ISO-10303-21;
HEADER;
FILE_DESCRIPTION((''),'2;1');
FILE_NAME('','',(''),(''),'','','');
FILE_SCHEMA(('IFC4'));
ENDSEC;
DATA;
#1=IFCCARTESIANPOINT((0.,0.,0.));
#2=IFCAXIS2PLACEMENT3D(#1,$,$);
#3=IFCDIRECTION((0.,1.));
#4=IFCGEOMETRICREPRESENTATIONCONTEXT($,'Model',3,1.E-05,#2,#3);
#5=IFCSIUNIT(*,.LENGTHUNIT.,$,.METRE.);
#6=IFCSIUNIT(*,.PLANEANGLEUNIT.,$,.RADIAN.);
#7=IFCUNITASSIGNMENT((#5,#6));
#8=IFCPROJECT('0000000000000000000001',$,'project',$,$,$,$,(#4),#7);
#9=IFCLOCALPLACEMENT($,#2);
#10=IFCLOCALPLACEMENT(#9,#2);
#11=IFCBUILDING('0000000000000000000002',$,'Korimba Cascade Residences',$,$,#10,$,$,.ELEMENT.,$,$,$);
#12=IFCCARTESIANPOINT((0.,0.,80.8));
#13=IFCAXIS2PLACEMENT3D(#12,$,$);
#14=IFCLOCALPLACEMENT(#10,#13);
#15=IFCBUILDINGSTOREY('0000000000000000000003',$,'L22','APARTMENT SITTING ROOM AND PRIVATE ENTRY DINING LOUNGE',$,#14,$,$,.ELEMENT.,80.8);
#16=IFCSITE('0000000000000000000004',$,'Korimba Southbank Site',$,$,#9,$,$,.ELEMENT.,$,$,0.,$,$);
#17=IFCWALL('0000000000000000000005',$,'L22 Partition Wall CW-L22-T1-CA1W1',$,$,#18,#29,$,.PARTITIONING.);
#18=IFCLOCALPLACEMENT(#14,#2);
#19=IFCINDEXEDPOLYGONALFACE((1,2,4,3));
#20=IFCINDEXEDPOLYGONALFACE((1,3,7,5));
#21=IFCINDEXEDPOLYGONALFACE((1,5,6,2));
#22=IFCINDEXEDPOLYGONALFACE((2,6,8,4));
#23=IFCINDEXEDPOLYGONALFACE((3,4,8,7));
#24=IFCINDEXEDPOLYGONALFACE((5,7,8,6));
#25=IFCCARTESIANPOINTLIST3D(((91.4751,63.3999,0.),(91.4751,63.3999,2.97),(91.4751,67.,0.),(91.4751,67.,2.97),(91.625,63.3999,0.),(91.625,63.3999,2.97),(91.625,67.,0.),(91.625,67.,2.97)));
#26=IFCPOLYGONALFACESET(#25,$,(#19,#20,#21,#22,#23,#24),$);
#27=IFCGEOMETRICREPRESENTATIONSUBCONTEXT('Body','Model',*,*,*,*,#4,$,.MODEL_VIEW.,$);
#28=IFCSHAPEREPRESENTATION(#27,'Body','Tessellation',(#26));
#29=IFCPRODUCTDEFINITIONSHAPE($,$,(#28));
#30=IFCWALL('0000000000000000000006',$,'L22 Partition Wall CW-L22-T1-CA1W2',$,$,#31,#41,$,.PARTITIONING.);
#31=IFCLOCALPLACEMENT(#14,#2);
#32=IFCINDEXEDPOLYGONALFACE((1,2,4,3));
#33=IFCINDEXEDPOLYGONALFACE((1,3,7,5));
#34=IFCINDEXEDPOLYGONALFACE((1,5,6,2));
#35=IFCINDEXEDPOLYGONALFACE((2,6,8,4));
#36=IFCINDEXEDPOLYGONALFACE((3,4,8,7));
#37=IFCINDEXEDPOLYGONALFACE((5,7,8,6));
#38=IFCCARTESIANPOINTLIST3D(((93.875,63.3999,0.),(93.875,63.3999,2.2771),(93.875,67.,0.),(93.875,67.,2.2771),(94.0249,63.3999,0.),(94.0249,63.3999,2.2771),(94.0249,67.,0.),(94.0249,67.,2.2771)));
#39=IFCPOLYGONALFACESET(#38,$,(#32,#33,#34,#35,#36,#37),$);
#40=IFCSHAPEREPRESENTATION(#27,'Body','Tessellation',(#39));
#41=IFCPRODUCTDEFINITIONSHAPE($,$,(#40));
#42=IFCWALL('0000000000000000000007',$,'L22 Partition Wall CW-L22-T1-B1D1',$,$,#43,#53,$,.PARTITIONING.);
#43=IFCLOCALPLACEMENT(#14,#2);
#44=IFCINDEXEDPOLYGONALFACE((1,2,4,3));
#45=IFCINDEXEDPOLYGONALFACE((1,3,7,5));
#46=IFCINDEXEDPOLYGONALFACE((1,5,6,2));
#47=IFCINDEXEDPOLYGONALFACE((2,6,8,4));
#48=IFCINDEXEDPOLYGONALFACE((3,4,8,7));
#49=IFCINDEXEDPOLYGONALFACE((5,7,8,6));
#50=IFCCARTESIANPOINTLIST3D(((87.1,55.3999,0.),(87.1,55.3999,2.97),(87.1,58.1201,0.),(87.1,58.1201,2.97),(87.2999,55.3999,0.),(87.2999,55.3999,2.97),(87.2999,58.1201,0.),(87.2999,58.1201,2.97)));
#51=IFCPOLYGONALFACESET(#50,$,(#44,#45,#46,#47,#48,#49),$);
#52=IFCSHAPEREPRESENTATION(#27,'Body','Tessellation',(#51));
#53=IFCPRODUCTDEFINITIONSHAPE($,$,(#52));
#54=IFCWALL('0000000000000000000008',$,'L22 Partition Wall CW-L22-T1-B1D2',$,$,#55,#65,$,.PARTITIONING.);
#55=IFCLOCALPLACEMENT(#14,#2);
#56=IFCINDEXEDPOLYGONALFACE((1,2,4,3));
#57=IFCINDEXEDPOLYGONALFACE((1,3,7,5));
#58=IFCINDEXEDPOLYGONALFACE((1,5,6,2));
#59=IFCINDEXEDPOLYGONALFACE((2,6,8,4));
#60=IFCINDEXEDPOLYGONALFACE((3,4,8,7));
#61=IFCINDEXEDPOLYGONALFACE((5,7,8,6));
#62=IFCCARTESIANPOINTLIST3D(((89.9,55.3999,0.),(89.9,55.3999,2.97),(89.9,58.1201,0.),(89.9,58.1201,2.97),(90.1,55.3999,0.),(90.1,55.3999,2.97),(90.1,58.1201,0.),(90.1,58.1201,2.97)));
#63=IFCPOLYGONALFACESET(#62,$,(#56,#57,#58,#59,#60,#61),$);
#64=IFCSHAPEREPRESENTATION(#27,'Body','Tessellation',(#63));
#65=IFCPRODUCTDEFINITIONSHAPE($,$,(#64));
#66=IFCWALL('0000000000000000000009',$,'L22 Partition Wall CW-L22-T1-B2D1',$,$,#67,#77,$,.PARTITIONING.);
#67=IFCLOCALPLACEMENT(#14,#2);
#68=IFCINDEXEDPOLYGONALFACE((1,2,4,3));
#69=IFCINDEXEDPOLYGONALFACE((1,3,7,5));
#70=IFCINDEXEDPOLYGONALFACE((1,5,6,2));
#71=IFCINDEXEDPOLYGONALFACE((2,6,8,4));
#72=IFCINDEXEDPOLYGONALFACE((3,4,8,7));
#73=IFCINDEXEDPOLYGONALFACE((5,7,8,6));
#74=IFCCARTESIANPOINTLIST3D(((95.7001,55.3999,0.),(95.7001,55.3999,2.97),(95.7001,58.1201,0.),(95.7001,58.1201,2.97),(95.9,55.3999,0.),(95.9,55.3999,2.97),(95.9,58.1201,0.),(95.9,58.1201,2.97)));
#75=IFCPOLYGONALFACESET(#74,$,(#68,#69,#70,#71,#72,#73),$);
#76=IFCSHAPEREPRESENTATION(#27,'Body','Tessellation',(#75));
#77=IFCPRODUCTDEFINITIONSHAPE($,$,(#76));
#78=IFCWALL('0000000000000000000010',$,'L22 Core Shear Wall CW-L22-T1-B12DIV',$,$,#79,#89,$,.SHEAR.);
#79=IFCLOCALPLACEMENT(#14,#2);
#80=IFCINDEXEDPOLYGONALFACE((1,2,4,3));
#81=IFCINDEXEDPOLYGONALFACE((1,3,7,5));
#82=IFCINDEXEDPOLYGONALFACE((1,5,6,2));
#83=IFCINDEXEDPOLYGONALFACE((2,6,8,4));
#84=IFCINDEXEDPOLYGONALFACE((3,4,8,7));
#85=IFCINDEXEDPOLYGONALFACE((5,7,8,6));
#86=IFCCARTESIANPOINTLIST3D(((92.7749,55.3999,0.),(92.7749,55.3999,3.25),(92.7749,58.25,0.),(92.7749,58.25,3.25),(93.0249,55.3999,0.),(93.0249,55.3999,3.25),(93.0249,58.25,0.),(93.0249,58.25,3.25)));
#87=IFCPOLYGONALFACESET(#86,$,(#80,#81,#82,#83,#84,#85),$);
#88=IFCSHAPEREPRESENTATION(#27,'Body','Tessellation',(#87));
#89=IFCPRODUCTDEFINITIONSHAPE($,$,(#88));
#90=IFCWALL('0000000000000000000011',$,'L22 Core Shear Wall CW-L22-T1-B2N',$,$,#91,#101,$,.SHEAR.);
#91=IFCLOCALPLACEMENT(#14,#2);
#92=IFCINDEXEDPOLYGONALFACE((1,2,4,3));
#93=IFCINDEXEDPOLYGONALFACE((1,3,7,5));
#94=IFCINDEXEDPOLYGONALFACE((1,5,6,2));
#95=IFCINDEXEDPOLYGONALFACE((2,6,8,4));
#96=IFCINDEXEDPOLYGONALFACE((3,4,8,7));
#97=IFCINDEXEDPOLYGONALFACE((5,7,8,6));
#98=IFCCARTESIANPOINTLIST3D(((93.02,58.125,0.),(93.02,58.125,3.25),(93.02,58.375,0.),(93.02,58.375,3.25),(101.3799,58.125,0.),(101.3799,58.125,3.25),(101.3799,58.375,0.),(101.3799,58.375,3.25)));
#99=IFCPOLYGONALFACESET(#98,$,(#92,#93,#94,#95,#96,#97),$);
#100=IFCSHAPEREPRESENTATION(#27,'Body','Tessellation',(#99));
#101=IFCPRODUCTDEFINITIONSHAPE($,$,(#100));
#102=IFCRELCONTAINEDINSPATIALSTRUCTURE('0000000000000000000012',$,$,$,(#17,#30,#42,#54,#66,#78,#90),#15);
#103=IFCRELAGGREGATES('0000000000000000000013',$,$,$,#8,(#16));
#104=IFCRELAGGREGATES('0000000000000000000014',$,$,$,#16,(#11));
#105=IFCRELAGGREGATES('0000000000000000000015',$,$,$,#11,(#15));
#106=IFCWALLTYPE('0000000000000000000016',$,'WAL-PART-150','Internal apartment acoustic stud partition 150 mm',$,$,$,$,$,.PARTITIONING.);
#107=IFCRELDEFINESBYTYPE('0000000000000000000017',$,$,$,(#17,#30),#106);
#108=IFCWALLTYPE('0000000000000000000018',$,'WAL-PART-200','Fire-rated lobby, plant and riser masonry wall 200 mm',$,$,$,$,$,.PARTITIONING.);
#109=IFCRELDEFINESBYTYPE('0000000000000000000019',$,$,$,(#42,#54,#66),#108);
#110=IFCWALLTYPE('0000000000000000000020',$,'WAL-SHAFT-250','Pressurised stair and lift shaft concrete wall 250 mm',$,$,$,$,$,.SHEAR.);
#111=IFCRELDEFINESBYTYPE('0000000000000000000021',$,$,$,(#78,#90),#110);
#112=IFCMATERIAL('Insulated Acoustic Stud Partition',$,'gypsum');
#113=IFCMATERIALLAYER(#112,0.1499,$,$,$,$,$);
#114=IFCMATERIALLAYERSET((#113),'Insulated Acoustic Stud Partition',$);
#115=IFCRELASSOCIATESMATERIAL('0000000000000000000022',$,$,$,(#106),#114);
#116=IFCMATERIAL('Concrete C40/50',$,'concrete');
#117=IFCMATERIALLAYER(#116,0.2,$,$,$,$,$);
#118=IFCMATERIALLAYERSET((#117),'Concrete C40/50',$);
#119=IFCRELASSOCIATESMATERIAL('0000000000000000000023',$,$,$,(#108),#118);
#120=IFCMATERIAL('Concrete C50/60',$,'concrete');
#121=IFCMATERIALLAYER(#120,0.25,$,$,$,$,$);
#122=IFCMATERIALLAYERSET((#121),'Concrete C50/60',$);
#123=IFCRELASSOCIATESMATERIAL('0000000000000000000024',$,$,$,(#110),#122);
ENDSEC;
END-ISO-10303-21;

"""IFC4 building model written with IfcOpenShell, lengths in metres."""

from ifc_helpers import new_model, si_unit, direction, frame, frame_2d, origin, place, context, subcontext, project, spatial, rectangle, extrude, material, layer, layer_set, type_object, element, save


model = new_model("IFC4")

# Units and contexts
model_context = context("Model", 3, precision=1e-05, world=origin(), true_north=direction((0.0, 1.0)))
body_context = subcontext(model_context, "Body", "Model", "MODEL_VIEW")
ifc_project = project(units=[si_unit("LENGTHUNIT", "METRE"), si_unit("PLANEANGLEUNIT", "RADIAN")], contexts=[model_context])

# Site, building, storey
site_placement = place(None, origin())
site = spatial("IfcSite", under=ifc_project, at=site_placement, Name="Korimba Southbank Site", CompositionType="ELEMENT", RefElevation=0.0)
building_placement = place(site_placement, origin())
building = spatial("IfcBuilding", under=site, at=building_placement, Name="Korimba Cascade Residences", CompositionType="ELEMENT")
storey_placement = place(building_placement, frame((0.0, 0.0, 80.8)))
storey = spatial("IfcBuildingStorey", under=building, at=storey_placement, Name="L22", Description="APARTMENT SITTING ROOM AND PRIVATE ENTRY DINING LOUNGE", CompositionType="ELEMENT", Elevation=80.8)

# Walls
ifc_material_1 = material(Name="Insulated Acoustic Stud Partition", Category="gypsum")
ifc_layer_1 = layer(ifc_material_1, 0.1499)
ifc_layer_set_1 = layer_set([ifc_layer_1], Name="Insulated Acoustic Stud Partition")
wall_type_1 = type_object("IfcWallType", Name="WAL-PART-150", Description="Internal apartment acoustic stud partition 150 mm", PredefinedType="PARTITIONING", material=ifc_layer_set_1)
for number, where, z_axis, x_axis, name in (
    (1, (91.55, 63.3999, 0.0), (0.0, 0.0, 1.0), (0.0, 1.0, 0.0), "L22 Partition Wall CW-L22-T1-CA1W1"),
):
    element("IfcWall", number, at=place(storey_placement, frame(where, z_axis=z_axis, x_axis=x_axis)), inside=storey, type_object=wall_type_1, Name=name, PredefinedType="PARTITIONING", context=body_context, shape_type="SweptSolid", body=[
        extrude(rectangle(XDim=3.6001, YDim=0.1499, at=frame_2d((1.8, 0.0))), origin(), (0.0, 0.0, 1.0), 2.97),
    ])
wall_1_placement = place(storey_placement, frame((93.95, 63.3999, 0.0), z_axis=(0.0, 0.0, 1.0), x_axis=(0.0, 1.0, 0.0)))
element("IfcWall", 2, at=wall_1_placement, inside=storey, type_object=wall_type_1, Name="L22 Partition Wall CW-L22-T1-CA1W2", PredefinedType="PARTITIONING", context=body_context, shape_type="SweptSolid", body=[
    extrude(rectangle(XDim=3.6001, YDim=0.1499, at=frame_2d((1.8, 0.0))), origin(), (0.0, 0.0, 1.0), 2.2771),
])
ifc_material_2 = material(Name="Concrete C40/50", Category="concrete")
ifc_layer_2 = layer(ifc_material_2, 0.2)
ifc_layer_set_2 = layer_set([ifc_layer_2], Name="Concrete C40/50")
wall_type_2 = type_object("IfcWallType", Name="WAL-PART-200", Description="Fire-rated lobby, plant and riser masonry wall 200 mm", PredefinedType="PARTITIONING", material=ifc_layer_set_2)
for number, where, z_axis, x_axis, name in (
    (3, (87.2, 55.3999, 0.0), (0.0, 0.0, 1.0), (0.0, 1.0, 0.0), "L22 Partition Wall CW-L22-T1-B1D1"),
    (4, (90.0, 55.3999, 0.0), (0.0, 0.0, 1.0), (0.0, 1.0, 0.0), "L22 Partition Wall CW-L22-T1-B1D2"),
    (5, (95.8, 55.3999, 0.0), (0.0, 0.0, 1.0), (0.0, 1.0, 0.0), "L22 Partition Wall CW-L22-T1-B2D1"),
):
    element("IfcWall", number, at=place(storey_placement, frame(where, z_axis=z_axis, x_axis=x_axis)), inside=storey, type_object=wall_type_2, Name=name, PredefinedType="PARTITIONING", context=body_context, shape_type="SweptSolid", body=[
        extrude(rectangle(XDim=2.7202, YDim=0.2, at=frame_2d((1.3601, 0.0))), origin(), (0.0, 0.0, 1.0), 2.97),
    ])
ifc_material_3 = material(Name="Concrete C50/60", Category="concrete")
ifc_layer_3 = layer(ifc_material_3, 0.25)
ifc_layer_set_3 = layer_set([ifc_layer_3], Name="Concrete C50/60")
wall_type_3 = type_object("IfcWallType", Name="WAL-SHAFT-250", Description="Pressurised stair and lift shaft concrete wall 250 mm", PredefinedType="SHEAR", material=ifc_layer_set_3)
wall_2_placement = place(storey_placement, frame((92.8999, 55.3999, 0.0), z_axis=(0.0, 0.0, 1.0), x_axis=(0.0, 1.0, 0.0)))
element("IfcWall", 6, at=wall_2_placement, inside=storey, type_object=wall_type_3, Name="L22 Core Shear Wall CW-L22-T1-B12DIV", PredefinedType="SHEAR", context=body_context, shape_type="SweptSolid", body=[
    extrude(rectangle(XDim=2.8501, YDim=0.25, at=frame_2d((1.425, 0.0))), origin(), (0.0, 0.0, 1.0), 3.25),
])
wall_3_placement = place(storey_placement, frame((93.02, 58.25, 0.0), z_axis=(0.0, 0.0, 1.0), x_axis=(1.0, 0.0, 0.0)))
element("IfcWall", 7, at=wall_3_placement, inside=storey, type_object=wall_type_3, Name="L22 Core Shear Wall CW-L22-T1-B2N", PredefinedType="SHEAR", context=body_context, shape_type="SweptSolid", body=[
    extrude(rectangle(XDim=8.3599, YDim=0.25, at=frame_2d((4.1799, 0.0))), origin(), (0.0, 0.0, 1.0), 3.25),
])

save(model, "model.ifc")
